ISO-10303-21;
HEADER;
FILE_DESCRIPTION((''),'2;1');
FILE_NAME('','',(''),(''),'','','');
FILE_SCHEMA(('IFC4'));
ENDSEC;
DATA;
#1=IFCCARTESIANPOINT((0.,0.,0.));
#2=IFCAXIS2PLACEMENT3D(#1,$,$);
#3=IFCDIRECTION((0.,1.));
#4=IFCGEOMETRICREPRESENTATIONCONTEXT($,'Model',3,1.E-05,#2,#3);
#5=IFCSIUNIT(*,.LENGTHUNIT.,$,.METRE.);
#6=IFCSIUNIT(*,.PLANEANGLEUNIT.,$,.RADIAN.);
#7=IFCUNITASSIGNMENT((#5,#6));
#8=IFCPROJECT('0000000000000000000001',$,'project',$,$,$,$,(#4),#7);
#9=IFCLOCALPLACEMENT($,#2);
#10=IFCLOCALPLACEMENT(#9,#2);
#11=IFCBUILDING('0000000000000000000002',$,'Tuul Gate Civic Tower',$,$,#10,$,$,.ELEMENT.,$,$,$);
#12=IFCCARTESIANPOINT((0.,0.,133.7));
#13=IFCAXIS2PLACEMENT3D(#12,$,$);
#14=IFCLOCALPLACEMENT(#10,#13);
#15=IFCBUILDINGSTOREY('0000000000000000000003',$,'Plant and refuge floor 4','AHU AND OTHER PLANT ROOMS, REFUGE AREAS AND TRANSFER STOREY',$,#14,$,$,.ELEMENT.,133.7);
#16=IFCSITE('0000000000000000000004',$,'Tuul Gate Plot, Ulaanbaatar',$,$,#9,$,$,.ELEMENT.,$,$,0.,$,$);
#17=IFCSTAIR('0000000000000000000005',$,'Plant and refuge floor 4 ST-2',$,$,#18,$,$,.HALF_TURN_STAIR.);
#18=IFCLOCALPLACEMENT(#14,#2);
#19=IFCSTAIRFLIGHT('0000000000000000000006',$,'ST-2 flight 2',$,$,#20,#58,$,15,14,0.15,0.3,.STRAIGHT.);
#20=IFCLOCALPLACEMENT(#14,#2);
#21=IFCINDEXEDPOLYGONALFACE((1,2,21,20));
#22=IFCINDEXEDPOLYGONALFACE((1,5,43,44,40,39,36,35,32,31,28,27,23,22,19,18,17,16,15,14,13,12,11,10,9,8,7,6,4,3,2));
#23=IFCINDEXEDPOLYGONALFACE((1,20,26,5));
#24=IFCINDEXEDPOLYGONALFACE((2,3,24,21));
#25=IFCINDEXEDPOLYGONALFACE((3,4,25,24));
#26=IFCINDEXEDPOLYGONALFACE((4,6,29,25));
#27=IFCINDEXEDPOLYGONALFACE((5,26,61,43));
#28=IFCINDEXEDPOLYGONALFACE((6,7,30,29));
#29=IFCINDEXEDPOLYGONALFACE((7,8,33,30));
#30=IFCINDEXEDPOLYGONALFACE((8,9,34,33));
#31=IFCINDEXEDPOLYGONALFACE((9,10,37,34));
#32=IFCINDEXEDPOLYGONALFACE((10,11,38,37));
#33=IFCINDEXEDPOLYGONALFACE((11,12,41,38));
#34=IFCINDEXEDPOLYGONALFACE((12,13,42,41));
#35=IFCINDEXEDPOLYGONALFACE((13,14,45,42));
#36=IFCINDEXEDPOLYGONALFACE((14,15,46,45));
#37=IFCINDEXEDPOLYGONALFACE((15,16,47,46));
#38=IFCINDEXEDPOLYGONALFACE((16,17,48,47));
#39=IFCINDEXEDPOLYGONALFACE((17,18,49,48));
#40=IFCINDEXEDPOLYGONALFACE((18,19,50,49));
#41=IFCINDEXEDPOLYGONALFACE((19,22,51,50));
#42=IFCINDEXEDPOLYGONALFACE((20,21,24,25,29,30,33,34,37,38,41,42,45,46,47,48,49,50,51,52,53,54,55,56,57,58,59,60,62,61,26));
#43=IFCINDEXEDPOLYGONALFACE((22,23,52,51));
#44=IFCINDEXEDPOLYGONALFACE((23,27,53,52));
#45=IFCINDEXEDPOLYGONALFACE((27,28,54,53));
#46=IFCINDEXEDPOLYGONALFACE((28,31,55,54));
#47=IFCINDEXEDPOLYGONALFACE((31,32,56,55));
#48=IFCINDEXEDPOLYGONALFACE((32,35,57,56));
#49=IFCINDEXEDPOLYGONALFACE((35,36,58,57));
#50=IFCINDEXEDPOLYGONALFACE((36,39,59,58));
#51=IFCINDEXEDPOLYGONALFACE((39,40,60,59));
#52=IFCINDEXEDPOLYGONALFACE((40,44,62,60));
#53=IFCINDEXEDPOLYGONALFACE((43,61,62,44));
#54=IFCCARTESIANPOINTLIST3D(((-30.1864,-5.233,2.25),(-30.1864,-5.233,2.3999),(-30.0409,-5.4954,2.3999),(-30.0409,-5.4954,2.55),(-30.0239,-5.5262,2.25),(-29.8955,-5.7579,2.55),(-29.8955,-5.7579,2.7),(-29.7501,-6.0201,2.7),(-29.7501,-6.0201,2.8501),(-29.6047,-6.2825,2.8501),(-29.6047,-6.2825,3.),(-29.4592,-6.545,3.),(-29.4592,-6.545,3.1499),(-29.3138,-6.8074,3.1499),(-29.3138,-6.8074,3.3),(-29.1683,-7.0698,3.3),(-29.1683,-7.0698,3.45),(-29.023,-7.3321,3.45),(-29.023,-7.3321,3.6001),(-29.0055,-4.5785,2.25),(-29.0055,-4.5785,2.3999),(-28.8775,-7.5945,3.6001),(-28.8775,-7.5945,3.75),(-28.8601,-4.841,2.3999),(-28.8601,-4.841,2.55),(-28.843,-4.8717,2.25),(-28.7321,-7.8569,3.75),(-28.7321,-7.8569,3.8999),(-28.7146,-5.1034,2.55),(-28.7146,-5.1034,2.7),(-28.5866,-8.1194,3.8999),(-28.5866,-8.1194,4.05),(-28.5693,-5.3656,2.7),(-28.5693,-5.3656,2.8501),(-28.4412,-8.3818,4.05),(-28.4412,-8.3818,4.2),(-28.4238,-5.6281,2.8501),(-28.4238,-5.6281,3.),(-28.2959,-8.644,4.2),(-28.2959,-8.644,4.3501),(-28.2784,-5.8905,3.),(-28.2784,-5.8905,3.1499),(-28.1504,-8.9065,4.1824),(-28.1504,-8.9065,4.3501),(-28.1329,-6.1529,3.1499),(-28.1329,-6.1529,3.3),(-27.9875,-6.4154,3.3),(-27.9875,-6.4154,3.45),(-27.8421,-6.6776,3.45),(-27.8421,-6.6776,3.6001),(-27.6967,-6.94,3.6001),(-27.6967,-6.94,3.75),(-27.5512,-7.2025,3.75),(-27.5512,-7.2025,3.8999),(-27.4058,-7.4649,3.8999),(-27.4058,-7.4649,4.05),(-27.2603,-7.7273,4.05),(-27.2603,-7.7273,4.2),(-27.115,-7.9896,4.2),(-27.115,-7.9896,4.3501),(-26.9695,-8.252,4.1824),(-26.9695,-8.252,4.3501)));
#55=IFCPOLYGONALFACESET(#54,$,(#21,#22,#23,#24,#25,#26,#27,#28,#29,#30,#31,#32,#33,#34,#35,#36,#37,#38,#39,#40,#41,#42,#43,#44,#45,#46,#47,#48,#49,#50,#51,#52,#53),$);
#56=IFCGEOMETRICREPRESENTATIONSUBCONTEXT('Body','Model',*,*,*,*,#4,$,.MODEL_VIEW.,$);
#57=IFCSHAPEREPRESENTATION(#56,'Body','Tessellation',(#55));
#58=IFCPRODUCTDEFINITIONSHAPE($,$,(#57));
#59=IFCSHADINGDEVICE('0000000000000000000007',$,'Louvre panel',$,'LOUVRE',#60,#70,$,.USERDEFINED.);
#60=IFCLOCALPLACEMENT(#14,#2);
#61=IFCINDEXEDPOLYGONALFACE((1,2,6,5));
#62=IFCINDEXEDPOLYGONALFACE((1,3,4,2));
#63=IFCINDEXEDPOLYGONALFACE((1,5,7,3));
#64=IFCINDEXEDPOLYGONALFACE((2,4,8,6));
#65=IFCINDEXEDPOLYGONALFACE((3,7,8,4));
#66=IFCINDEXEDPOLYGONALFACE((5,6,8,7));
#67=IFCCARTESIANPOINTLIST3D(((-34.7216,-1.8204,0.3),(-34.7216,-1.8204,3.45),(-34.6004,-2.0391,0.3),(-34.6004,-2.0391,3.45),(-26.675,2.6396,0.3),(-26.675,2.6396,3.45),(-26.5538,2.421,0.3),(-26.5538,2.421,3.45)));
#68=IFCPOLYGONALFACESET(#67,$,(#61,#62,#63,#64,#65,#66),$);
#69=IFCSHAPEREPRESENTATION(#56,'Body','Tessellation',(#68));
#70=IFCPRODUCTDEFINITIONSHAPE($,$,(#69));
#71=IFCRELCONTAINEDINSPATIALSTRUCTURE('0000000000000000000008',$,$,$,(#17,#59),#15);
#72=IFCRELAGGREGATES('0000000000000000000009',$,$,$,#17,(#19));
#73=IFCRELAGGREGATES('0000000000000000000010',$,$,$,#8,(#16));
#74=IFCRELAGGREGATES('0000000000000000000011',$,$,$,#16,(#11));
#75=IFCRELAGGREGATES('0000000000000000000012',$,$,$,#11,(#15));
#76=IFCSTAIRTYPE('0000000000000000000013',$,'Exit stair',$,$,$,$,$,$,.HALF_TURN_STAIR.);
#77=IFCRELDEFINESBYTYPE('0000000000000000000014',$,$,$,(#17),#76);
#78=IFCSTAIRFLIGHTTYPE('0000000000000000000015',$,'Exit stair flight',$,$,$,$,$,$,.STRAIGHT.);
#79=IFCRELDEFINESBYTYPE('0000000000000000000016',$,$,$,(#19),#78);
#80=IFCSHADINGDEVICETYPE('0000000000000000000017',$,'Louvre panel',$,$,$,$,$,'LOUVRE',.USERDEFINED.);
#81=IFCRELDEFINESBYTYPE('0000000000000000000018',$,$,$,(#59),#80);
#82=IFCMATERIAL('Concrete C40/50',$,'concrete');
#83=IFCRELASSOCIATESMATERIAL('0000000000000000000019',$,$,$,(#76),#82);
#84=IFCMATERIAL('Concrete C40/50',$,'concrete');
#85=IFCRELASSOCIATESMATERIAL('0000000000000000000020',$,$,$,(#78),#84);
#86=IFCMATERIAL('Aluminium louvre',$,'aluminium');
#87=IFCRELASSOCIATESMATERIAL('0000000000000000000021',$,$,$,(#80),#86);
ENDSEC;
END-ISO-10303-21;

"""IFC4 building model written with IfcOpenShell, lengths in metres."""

from ifc_helpers import new_model, si_unit, direction, frame, origin, origin_2d, place, context, subcontext, project, spatial, polyline, rectangle, outline, extrude, material, type_object, element, aggregate, save


model = new_model("IFC4")

# Units and contexts
model_context = context("Model", 3, precision=1e-05, world=origin(), true_north=direction((0.0, 1.0)))
body_context = subcontext(model_context, "Body", "Model", "MODEL_VIEW")
ifc_project = project(units=[si_unit("LENGTHUNIT", "METRE"), si_unit("PLANEANGLEUNIT", "RADIAN")], contexts=[model_context])

# Site, building, storey
site_placement = place(None, origin())
site = spatial("IfcSite", under=ifc_project, at=site_placement, Name="Tuul Gate Plot, Ulaanbaatar", CompositionType="ELEMENT", RefElevation=0.0)
building_placement = place(site_placement, origin())
building = spatial("IfcBuilding", under=site, at=building_placement, Name="Tuul Gate Civic Tower", CompositionType="ELEMENT")
storey_placement = place(building_placement, frame((0.0, 0.0, 133.7)))
storey = spatial("IfcBuildingStorey", under=building, at=storey_placement, Name="Plant and refuge floor 4", Description="AHU AND OTHER PLANT ROOMS, REFUGE AREAS AND TRANSFER STOREY", CompositionType="ELEMENT", Elevation=133.7)

# Stair, stair flight
ifc_material_1 = material(Name="Concrete C40/50", Category="concrete")
stair_type = type_object("IfcStairType", Name="Exit stair", PredefinedType="HALF_TURN_STAIR", material=ifc_material_1)
stair_placement = place(storey_placement, origin())
stair = element("IfcStair", 1, at=stair_placement, inside=storey, type_object=stair_type, Name="Plant and refuge floor 4 ST-2", PredefinedType="HALF_TURN_STAIR")
ifc_material_2 = material(Name="Concrete C40/50", Category="concrete")
stair_flight_type = type_object("IfcStairFlightType", Name="Exit stair flight", PredefinedType="STRAIGHT", material=ifc_material_2)
stair_flight_1_placement = place(storey_placement, frame((-29.5959, -4.9058, 2.25), z_axis=(0.0, 0.0, 1.0), x_axis=(0.484762, -0.874646, 0.0)))
stair_flight_1 = element("IfcStairFlight", 2, at=stair_flight_1_placement, type_object=stair_flight_type, Name="ST-2 flight 2", NumberOfRisers=15, NumberOfTreads=14, PredefinedType="STRAIGHT", RiserHeight=0.15, TreadLength=0.3, context=body_context, shape_type="SweptSolid", body=[
    extrude(outline(polyline([(0.0, 0.0), (0.0, 0.1499), (0.3, 0.1499), (0.3, 0.3), (0.6001, 0.3), (0.6001, 0.45), (0.8999, 0.45), (0.8999, 0.6001), (1.2, 0.6001), (1.2, 0.75), (1.5, 0.75), (1.5, 0.8999), (1.8, 0.8999), (1.8, 1.05), (2.1001, 1.05), (2.1001, 1.2), (2.3999, 1.2), (2.3999, 1.3501), (2.7, 1.3501), (2.7, 1.5), (3.0, 1.5), (3.0, 1.6499), (3.3, 1.6499), (3.3, 1.8), (3.6001, 1.8), (3.6001, 1.95), (3.8999, 1.95), (3.8999, 2.1001), (4.2, 2.1001), (4.2, 2.25), (4.2, 1.9324), (0.3352, 0.0), (0.0, 0.0)])), frame((0.0, 0.675, 0.0), z_axis=(0.0, -1.0, 0.0), x_axis=(1.0, 0.0, 0.0)), (0.0, 0.0, 1.0), 1.3501),
])
aggregate(stair, [stair_flight_1])

# Shading device
ifc_material_3 = material(Name="Aluminium louvre", Category="aluminium")
shading_device_type = type_object("IfcShadingDeviceType", Name="Louvre panel", ElementType="LOUVRE", PredefinedType="USERDEFINED", material=ifc_material_3)
shading_device_placement = place(storey_placement, frame((-30.6377, 0.3003, 0.3), z_axis=(0.0, 0.0, 1.0), x_axis=(-0.484789, 0.874631, 0.0)))
element("IfcShadingDevice", 3, at=shading_device_placement, inside=storey, type_object=shading_device_type, Name="Louvre panel", ObjectType="LOUVRE", PredefinedType="USERDEFINED", context=body_context, shape_type="SweptSolid", body=[
    extrude(rectangle(XDim=0.25, YDim=9.2, at=origin_2d()), origin(), (0.0, 0.0, 1.0), 3.1499),
])

save(model, "model.ifc")
